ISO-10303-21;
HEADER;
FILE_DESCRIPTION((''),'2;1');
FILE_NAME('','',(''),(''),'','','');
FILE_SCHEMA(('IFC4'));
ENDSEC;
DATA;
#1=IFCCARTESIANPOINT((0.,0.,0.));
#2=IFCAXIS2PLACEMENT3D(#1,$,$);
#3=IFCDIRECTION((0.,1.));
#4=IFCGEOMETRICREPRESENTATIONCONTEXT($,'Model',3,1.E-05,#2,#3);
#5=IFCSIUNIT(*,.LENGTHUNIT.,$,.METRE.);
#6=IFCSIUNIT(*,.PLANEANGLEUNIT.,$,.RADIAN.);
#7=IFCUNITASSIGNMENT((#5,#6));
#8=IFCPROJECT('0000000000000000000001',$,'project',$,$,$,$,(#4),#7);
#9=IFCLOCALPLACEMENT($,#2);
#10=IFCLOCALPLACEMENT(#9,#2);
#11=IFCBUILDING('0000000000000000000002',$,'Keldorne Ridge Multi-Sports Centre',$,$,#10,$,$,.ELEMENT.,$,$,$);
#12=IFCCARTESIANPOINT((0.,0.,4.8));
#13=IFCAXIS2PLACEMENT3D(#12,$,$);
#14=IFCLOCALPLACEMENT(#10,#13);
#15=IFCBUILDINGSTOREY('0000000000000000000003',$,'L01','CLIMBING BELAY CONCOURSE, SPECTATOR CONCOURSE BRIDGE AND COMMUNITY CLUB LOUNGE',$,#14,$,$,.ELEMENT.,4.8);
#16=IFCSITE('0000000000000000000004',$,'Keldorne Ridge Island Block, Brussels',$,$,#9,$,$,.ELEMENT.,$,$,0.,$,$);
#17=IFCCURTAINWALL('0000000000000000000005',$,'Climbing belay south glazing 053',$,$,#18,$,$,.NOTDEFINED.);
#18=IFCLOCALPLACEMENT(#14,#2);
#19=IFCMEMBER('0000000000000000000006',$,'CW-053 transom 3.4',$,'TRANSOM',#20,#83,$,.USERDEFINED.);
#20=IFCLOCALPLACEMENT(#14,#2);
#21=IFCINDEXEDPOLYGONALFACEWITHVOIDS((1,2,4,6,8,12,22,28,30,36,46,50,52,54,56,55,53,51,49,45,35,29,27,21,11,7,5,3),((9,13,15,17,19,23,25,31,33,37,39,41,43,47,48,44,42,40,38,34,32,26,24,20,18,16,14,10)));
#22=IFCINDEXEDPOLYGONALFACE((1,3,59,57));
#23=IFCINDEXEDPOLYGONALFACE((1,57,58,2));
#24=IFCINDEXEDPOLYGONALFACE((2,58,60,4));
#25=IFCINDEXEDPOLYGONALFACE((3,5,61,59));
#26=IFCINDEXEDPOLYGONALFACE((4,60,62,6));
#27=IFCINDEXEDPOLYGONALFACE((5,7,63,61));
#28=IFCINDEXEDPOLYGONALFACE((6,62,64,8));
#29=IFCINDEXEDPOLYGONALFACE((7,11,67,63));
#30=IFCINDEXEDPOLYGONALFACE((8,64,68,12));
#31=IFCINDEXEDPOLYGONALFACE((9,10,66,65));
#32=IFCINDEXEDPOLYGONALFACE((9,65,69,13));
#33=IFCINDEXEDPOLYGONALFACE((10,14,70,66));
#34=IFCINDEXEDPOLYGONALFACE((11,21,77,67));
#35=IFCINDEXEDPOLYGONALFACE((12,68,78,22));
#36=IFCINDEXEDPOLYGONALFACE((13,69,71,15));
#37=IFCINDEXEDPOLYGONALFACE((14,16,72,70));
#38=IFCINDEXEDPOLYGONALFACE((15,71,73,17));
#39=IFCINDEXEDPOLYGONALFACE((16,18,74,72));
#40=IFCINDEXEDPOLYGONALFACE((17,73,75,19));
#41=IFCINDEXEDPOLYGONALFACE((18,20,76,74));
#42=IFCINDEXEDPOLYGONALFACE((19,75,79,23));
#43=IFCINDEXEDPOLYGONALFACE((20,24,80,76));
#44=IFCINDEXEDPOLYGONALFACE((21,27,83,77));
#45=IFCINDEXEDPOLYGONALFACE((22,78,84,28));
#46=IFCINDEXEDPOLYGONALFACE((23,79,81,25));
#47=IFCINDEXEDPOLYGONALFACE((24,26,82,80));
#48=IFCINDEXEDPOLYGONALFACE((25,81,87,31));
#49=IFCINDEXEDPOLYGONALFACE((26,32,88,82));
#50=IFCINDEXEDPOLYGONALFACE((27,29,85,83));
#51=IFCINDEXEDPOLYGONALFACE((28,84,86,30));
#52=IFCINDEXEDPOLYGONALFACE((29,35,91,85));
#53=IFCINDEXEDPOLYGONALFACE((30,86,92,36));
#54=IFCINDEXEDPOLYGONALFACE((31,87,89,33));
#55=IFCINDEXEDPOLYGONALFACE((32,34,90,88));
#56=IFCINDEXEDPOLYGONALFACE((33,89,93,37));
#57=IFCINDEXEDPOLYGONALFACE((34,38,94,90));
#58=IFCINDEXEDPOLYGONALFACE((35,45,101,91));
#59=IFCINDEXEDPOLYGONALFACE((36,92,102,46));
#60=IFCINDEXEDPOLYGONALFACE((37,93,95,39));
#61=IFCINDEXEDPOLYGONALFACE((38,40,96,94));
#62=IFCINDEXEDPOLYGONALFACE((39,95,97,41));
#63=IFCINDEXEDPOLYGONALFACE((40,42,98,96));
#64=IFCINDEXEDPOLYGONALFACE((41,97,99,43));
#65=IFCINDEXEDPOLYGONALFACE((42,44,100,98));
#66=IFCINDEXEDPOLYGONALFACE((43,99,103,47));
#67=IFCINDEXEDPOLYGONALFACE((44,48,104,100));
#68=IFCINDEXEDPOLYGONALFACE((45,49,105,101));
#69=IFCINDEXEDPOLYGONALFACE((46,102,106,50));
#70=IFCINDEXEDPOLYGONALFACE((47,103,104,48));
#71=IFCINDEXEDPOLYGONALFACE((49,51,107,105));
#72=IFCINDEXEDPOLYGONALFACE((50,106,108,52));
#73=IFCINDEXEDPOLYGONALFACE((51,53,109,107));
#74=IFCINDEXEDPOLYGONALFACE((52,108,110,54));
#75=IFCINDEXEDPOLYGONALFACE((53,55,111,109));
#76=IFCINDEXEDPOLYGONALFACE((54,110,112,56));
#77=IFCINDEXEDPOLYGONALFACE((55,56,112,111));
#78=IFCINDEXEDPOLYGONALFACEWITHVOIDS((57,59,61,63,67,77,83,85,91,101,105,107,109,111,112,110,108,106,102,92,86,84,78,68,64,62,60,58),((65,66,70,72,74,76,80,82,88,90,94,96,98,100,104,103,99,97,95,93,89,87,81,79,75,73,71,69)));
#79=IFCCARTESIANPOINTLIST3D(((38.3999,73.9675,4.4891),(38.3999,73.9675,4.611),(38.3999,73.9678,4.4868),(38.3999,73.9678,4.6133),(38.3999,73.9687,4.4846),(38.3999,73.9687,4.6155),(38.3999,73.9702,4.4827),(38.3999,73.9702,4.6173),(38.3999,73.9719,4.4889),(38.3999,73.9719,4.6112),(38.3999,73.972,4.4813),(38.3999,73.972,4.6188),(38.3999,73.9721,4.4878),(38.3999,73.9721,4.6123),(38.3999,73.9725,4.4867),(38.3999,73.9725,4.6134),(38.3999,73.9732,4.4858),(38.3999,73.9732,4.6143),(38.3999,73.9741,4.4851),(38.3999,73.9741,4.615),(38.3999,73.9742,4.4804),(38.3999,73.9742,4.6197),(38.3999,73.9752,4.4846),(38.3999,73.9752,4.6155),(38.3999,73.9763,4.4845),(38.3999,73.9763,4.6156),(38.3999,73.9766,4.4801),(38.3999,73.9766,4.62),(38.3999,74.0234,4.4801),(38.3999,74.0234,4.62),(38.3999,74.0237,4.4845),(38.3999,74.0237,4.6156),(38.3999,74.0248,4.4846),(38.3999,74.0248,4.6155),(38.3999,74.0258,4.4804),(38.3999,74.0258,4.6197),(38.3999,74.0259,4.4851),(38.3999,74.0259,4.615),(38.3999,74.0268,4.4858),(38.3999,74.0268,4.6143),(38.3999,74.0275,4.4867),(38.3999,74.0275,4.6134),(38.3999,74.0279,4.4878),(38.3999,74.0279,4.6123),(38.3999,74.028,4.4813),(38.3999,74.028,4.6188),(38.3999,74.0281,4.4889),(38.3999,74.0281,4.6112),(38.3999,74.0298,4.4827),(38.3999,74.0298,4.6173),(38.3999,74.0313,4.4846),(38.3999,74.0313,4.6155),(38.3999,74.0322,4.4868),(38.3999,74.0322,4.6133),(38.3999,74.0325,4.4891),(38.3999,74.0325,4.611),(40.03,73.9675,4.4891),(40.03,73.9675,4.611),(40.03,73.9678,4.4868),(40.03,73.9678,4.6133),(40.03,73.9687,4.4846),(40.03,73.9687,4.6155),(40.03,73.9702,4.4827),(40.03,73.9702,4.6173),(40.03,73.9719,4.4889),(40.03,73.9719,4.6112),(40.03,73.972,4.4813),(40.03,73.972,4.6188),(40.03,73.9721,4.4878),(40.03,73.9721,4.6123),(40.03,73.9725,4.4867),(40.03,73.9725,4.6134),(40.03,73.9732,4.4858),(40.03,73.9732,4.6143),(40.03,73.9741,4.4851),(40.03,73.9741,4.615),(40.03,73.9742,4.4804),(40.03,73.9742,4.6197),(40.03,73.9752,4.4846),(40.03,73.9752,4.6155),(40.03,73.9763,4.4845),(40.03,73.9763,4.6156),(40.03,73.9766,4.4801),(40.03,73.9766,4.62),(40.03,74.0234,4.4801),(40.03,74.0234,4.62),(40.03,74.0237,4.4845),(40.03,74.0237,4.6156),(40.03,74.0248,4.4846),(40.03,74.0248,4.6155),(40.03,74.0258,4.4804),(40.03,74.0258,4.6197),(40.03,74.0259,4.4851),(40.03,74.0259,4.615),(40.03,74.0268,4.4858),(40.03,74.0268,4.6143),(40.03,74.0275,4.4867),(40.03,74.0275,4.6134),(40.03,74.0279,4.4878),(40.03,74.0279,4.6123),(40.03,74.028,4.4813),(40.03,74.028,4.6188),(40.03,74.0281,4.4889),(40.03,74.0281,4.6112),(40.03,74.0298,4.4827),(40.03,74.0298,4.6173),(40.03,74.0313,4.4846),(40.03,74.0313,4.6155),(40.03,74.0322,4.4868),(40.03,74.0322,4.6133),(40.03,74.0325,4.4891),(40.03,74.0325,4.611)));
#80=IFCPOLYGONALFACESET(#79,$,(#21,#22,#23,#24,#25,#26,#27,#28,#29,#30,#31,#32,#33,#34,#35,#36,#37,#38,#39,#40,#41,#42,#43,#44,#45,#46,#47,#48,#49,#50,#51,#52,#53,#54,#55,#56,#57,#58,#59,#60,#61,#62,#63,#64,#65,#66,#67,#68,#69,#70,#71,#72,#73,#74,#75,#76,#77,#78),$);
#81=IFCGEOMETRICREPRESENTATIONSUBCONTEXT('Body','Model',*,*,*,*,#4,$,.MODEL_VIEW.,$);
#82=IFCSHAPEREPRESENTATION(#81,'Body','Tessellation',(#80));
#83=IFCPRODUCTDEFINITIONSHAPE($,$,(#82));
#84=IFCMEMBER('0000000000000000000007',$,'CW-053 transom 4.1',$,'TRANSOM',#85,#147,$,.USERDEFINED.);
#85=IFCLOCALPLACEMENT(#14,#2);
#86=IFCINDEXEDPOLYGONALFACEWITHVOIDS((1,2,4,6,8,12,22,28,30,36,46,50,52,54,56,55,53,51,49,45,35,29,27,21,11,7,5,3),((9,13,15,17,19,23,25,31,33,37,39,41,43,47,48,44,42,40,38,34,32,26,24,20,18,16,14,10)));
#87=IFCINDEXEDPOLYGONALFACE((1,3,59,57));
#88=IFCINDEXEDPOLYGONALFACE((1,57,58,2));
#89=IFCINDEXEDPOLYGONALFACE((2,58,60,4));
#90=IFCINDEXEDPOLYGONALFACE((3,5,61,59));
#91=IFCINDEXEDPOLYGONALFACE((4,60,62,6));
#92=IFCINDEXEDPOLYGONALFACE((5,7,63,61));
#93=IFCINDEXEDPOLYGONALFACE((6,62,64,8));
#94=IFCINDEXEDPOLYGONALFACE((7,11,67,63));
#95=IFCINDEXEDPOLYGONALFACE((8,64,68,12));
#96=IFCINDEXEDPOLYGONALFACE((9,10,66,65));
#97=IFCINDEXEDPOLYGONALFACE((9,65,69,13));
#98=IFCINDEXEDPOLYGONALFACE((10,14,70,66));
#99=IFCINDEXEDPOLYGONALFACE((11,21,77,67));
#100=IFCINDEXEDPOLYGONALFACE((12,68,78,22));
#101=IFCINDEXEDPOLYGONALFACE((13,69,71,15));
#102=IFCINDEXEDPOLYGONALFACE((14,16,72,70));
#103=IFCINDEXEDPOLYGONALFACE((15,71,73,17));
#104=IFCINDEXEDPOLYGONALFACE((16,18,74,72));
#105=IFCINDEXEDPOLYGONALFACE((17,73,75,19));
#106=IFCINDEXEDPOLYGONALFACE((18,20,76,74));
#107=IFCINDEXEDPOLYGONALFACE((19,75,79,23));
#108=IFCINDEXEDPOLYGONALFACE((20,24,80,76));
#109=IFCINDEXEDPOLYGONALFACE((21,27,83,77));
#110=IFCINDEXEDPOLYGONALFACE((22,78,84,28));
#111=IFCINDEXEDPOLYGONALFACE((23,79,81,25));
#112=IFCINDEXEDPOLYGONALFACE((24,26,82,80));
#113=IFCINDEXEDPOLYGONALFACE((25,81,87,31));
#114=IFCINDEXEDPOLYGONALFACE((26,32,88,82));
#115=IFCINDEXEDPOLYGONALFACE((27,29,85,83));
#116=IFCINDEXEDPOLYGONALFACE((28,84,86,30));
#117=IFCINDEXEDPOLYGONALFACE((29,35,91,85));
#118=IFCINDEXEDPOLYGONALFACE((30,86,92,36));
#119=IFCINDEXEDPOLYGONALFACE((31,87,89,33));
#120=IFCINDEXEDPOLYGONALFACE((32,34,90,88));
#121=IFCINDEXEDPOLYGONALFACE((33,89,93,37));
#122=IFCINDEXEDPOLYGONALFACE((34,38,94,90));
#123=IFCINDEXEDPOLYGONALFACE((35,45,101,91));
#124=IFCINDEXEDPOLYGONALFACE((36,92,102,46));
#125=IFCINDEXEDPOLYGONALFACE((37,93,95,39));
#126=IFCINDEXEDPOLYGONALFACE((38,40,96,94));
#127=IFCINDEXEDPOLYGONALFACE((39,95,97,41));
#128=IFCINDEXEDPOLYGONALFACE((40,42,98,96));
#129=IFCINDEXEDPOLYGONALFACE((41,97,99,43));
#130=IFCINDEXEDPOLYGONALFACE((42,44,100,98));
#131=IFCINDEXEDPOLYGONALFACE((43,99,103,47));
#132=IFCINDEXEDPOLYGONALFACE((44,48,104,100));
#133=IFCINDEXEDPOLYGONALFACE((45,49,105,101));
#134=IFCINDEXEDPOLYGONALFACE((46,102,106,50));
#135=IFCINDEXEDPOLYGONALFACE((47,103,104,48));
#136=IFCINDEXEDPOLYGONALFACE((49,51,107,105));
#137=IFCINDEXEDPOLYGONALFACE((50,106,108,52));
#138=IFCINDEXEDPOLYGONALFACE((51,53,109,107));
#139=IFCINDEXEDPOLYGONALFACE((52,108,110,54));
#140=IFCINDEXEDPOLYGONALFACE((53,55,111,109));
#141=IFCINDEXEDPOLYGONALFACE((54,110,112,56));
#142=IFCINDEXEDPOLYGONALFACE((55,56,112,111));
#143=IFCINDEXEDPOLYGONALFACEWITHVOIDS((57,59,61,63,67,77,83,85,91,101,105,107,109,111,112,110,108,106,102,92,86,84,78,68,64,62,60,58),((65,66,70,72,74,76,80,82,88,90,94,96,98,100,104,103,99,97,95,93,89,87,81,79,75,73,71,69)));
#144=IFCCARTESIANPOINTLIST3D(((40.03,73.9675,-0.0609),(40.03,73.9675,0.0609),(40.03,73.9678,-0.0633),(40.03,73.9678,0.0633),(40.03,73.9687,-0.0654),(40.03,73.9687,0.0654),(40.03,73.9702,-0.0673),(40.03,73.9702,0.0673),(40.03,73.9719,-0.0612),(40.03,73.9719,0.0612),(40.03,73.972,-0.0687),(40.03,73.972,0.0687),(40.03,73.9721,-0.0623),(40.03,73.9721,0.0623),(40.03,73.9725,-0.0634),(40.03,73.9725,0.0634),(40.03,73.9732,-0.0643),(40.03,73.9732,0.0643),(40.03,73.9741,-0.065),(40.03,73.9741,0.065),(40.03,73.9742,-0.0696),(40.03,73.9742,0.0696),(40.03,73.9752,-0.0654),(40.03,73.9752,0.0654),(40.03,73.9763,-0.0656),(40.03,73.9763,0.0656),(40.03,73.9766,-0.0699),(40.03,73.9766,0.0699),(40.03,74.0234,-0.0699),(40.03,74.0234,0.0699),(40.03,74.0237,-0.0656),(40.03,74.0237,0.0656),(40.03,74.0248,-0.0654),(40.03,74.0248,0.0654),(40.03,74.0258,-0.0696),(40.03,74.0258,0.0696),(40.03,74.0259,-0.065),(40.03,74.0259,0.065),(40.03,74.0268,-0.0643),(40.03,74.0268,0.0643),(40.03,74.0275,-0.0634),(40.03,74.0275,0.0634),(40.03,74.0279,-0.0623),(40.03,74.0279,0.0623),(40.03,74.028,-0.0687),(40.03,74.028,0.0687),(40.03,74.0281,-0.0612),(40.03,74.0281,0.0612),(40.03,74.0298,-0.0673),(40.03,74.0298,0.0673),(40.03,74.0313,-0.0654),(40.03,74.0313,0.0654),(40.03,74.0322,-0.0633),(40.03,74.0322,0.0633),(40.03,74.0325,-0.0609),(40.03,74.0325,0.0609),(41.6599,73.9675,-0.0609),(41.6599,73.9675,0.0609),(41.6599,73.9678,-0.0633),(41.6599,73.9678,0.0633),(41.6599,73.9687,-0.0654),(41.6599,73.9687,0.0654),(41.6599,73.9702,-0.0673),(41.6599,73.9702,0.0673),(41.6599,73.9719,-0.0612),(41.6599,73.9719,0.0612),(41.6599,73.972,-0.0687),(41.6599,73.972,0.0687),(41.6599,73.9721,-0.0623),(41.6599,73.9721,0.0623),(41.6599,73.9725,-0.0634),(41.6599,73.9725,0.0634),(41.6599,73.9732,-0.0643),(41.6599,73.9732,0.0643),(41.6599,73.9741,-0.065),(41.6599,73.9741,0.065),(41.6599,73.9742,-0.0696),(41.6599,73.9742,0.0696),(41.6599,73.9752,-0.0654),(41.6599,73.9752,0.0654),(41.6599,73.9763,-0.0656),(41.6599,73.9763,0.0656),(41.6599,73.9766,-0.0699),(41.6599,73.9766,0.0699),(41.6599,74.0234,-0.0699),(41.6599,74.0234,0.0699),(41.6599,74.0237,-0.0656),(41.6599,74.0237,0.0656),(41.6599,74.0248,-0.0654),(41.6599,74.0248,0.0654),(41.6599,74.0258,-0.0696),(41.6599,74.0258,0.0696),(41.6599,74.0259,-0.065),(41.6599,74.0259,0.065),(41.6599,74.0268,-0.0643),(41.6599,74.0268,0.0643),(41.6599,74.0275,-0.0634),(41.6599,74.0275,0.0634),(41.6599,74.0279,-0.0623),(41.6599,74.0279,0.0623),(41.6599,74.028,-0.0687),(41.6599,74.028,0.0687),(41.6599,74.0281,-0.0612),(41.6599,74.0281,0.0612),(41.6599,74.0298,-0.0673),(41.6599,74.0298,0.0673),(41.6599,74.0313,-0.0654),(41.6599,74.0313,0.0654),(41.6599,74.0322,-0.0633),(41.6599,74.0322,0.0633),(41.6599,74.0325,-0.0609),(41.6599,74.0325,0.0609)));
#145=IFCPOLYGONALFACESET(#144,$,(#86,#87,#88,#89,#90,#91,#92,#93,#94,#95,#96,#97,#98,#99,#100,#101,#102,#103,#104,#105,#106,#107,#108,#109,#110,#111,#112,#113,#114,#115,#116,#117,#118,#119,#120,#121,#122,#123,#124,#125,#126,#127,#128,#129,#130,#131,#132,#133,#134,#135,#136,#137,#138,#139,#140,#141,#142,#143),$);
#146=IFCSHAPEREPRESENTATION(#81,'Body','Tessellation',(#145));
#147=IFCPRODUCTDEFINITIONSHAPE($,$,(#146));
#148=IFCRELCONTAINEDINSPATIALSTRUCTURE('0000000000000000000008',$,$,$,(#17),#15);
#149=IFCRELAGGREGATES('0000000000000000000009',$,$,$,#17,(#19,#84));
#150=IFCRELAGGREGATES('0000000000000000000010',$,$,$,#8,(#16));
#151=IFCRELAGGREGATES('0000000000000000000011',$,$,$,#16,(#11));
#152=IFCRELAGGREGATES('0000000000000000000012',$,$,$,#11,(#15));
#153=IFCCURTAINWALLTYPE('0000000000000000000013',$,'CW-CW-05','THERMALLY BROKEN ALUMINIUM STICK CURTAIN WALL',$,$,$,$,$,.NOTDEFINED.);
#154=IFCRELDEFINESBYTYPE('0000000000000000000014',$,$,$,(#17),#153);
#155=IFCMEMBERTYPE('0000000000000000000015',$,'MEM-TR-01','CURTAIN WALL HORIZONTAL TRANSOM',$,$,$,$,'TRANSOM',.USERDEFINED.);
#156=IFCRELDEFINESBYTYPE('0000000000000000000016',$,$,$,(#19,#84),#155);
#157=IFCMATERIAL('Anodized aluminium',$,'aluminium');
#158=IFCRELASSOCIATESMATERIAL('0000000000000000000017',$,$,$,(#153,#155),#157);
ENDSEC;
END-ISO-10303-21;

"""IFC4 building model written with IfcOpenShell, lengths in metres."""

from ifc_helpers import new_model, si_unit, direction, frame, origin, origin_2d, place, context, subcontext, project, spatial, hollow_rectangle, extrude, material, material_profile, profile_set, type_object, element, aggregate, save


model = new_model("IFC4")

# Units and contexts
model_context = context("Model", 3, precision=1e-05, world=origin(), true_north=direction((0.0, 1.0)))
body_context = subcontext(model_context, "Body", "Model", "MODEL_VIEW")
ifc_project = project(units=[si_unit("LENGTHUNIT", "METRE"), si_unit("PLANEANGLEUNIT", "RADIAN")], contexts=[model_context])

# Site, building, storey
site_placement = place(None, origin())
site = spatial("IfcSite", under=ifc_project, at=site_placement, Name="Keldorne Ridge Island Block, Brussels", CompositionType="ELEMENT", RefElevation=0.0)
building_placement = place(site_placement, origin())
building = spatial("IfcBuilding", under=site, at=building_placement, Name="Keldorne Ridge Multi-Sports Centre", CompositionType="ELEMENT")
storey_placement = place(building_placement, frame((0.0, 0.0, 4.8)))
storey = spatial("IfcBuildingStorey", under=building, at=storey_placement, Name="L01", Description="CLIMBING BELAY CONCOURSE, SPECTATOR CONCOURSE BRIDGE AND COMMUNITY CLUB LOUNGE", CompositionType="ELEMENT", Elevation=4.8)

# Curtain wall, members
ifc_material_1 = material(Name="Anodized aluminium", Category="aluminium")
curtain_wall_type = type_object("IfcCurtainWallType", Name="CW-CW-05", Description="THERMALLY BROKEN ALUMINIUM STICK CURTAIN WALL", PredefinedType="NOTDEFINED", material=ifc_material_1)
curtain_wall_placement = place(storey_placement, origin())
curtain_wall = element("IfcCurtainWall", 1, at=curtain_wall_placement, inside=storey, type_object=curtain_wall_type, Name="Climbing belay south glazing 053", PredefinedType="NOTDEFINED")
ifc_material_profile_1 = material_profile(ifc_material_1, hollow_rectangle(XDim=0.0649, YDim=0.1399, WallThickness=0.0044, InnerFilletRadius=0.0044, OuterFilletRadius=0.009, at=origin_2d()), Name="ALU TRANSOM 140x65x4.5")
ifc_profile_set_1 = profile_set([ifc_material_profile_1], Name="Anodized aluminium")
member_type_1 = type_object("IfcMemberType", Name="MEM-TR-01", Description="CURTAIN WALL HORIZONTAL TRANSOM", ElementType="TRANSOM", PredefinedType="USERDEFINED", material=ifc_profile_set_1)
member_1_placement = place(storey_placement, frame((38.3999, 74.0, 4.55), z_axis=(1.0, 0.0, 0.0), x_axis=(0.0, 1.0, 0.0)))
member_1 = element("IfcMember", 2, at=member_1_placement, type_object=member_type_1, Name="CW-053 transom 3.4", ObjectType="TRANSOM", PredefinedType="USERDEFINED", context=body_context, shape_type="SweptSolid", body=[
    extrude(hollow_rectangle(XDim=0.0649, YDim=0.1399, WallThickness=0.0044, InnerFilletRadius=0.0044, OuterFilletRadius=0.009, at=origin_2d()), origin(), (0.0, 0.0, 1.0), 1.6301),
])
member_2_placement = place(storey_placement, frame((40.03, 74.0, 0.0), z_axis=(1.0, 0.0, 0.0), x_axis=(0.0, 1.0, 0.0)))
member_2 = element("IfcMember", 3, at=member_2_placement, type_object=member_type_1, Name="CW-053 transom 4.1", ObjectType="TRANSOM", PredefinedType="USERDEFINED", context=body_context, shape_type="SweptSolid", body=[
    extrude(hollow_rectangle(XDim=0.0649, YDim=0.1399, WallThickness=0.0044, InnerFilletRadius=0.0044, OuterFilletRadius=0.009, at=origin_2d()), origin(), (0.0, 0.0, 1.0), 1.6299),
])
aggregate(curtain_wall, [member_1, member_2])

save(model, "model.ifc")
